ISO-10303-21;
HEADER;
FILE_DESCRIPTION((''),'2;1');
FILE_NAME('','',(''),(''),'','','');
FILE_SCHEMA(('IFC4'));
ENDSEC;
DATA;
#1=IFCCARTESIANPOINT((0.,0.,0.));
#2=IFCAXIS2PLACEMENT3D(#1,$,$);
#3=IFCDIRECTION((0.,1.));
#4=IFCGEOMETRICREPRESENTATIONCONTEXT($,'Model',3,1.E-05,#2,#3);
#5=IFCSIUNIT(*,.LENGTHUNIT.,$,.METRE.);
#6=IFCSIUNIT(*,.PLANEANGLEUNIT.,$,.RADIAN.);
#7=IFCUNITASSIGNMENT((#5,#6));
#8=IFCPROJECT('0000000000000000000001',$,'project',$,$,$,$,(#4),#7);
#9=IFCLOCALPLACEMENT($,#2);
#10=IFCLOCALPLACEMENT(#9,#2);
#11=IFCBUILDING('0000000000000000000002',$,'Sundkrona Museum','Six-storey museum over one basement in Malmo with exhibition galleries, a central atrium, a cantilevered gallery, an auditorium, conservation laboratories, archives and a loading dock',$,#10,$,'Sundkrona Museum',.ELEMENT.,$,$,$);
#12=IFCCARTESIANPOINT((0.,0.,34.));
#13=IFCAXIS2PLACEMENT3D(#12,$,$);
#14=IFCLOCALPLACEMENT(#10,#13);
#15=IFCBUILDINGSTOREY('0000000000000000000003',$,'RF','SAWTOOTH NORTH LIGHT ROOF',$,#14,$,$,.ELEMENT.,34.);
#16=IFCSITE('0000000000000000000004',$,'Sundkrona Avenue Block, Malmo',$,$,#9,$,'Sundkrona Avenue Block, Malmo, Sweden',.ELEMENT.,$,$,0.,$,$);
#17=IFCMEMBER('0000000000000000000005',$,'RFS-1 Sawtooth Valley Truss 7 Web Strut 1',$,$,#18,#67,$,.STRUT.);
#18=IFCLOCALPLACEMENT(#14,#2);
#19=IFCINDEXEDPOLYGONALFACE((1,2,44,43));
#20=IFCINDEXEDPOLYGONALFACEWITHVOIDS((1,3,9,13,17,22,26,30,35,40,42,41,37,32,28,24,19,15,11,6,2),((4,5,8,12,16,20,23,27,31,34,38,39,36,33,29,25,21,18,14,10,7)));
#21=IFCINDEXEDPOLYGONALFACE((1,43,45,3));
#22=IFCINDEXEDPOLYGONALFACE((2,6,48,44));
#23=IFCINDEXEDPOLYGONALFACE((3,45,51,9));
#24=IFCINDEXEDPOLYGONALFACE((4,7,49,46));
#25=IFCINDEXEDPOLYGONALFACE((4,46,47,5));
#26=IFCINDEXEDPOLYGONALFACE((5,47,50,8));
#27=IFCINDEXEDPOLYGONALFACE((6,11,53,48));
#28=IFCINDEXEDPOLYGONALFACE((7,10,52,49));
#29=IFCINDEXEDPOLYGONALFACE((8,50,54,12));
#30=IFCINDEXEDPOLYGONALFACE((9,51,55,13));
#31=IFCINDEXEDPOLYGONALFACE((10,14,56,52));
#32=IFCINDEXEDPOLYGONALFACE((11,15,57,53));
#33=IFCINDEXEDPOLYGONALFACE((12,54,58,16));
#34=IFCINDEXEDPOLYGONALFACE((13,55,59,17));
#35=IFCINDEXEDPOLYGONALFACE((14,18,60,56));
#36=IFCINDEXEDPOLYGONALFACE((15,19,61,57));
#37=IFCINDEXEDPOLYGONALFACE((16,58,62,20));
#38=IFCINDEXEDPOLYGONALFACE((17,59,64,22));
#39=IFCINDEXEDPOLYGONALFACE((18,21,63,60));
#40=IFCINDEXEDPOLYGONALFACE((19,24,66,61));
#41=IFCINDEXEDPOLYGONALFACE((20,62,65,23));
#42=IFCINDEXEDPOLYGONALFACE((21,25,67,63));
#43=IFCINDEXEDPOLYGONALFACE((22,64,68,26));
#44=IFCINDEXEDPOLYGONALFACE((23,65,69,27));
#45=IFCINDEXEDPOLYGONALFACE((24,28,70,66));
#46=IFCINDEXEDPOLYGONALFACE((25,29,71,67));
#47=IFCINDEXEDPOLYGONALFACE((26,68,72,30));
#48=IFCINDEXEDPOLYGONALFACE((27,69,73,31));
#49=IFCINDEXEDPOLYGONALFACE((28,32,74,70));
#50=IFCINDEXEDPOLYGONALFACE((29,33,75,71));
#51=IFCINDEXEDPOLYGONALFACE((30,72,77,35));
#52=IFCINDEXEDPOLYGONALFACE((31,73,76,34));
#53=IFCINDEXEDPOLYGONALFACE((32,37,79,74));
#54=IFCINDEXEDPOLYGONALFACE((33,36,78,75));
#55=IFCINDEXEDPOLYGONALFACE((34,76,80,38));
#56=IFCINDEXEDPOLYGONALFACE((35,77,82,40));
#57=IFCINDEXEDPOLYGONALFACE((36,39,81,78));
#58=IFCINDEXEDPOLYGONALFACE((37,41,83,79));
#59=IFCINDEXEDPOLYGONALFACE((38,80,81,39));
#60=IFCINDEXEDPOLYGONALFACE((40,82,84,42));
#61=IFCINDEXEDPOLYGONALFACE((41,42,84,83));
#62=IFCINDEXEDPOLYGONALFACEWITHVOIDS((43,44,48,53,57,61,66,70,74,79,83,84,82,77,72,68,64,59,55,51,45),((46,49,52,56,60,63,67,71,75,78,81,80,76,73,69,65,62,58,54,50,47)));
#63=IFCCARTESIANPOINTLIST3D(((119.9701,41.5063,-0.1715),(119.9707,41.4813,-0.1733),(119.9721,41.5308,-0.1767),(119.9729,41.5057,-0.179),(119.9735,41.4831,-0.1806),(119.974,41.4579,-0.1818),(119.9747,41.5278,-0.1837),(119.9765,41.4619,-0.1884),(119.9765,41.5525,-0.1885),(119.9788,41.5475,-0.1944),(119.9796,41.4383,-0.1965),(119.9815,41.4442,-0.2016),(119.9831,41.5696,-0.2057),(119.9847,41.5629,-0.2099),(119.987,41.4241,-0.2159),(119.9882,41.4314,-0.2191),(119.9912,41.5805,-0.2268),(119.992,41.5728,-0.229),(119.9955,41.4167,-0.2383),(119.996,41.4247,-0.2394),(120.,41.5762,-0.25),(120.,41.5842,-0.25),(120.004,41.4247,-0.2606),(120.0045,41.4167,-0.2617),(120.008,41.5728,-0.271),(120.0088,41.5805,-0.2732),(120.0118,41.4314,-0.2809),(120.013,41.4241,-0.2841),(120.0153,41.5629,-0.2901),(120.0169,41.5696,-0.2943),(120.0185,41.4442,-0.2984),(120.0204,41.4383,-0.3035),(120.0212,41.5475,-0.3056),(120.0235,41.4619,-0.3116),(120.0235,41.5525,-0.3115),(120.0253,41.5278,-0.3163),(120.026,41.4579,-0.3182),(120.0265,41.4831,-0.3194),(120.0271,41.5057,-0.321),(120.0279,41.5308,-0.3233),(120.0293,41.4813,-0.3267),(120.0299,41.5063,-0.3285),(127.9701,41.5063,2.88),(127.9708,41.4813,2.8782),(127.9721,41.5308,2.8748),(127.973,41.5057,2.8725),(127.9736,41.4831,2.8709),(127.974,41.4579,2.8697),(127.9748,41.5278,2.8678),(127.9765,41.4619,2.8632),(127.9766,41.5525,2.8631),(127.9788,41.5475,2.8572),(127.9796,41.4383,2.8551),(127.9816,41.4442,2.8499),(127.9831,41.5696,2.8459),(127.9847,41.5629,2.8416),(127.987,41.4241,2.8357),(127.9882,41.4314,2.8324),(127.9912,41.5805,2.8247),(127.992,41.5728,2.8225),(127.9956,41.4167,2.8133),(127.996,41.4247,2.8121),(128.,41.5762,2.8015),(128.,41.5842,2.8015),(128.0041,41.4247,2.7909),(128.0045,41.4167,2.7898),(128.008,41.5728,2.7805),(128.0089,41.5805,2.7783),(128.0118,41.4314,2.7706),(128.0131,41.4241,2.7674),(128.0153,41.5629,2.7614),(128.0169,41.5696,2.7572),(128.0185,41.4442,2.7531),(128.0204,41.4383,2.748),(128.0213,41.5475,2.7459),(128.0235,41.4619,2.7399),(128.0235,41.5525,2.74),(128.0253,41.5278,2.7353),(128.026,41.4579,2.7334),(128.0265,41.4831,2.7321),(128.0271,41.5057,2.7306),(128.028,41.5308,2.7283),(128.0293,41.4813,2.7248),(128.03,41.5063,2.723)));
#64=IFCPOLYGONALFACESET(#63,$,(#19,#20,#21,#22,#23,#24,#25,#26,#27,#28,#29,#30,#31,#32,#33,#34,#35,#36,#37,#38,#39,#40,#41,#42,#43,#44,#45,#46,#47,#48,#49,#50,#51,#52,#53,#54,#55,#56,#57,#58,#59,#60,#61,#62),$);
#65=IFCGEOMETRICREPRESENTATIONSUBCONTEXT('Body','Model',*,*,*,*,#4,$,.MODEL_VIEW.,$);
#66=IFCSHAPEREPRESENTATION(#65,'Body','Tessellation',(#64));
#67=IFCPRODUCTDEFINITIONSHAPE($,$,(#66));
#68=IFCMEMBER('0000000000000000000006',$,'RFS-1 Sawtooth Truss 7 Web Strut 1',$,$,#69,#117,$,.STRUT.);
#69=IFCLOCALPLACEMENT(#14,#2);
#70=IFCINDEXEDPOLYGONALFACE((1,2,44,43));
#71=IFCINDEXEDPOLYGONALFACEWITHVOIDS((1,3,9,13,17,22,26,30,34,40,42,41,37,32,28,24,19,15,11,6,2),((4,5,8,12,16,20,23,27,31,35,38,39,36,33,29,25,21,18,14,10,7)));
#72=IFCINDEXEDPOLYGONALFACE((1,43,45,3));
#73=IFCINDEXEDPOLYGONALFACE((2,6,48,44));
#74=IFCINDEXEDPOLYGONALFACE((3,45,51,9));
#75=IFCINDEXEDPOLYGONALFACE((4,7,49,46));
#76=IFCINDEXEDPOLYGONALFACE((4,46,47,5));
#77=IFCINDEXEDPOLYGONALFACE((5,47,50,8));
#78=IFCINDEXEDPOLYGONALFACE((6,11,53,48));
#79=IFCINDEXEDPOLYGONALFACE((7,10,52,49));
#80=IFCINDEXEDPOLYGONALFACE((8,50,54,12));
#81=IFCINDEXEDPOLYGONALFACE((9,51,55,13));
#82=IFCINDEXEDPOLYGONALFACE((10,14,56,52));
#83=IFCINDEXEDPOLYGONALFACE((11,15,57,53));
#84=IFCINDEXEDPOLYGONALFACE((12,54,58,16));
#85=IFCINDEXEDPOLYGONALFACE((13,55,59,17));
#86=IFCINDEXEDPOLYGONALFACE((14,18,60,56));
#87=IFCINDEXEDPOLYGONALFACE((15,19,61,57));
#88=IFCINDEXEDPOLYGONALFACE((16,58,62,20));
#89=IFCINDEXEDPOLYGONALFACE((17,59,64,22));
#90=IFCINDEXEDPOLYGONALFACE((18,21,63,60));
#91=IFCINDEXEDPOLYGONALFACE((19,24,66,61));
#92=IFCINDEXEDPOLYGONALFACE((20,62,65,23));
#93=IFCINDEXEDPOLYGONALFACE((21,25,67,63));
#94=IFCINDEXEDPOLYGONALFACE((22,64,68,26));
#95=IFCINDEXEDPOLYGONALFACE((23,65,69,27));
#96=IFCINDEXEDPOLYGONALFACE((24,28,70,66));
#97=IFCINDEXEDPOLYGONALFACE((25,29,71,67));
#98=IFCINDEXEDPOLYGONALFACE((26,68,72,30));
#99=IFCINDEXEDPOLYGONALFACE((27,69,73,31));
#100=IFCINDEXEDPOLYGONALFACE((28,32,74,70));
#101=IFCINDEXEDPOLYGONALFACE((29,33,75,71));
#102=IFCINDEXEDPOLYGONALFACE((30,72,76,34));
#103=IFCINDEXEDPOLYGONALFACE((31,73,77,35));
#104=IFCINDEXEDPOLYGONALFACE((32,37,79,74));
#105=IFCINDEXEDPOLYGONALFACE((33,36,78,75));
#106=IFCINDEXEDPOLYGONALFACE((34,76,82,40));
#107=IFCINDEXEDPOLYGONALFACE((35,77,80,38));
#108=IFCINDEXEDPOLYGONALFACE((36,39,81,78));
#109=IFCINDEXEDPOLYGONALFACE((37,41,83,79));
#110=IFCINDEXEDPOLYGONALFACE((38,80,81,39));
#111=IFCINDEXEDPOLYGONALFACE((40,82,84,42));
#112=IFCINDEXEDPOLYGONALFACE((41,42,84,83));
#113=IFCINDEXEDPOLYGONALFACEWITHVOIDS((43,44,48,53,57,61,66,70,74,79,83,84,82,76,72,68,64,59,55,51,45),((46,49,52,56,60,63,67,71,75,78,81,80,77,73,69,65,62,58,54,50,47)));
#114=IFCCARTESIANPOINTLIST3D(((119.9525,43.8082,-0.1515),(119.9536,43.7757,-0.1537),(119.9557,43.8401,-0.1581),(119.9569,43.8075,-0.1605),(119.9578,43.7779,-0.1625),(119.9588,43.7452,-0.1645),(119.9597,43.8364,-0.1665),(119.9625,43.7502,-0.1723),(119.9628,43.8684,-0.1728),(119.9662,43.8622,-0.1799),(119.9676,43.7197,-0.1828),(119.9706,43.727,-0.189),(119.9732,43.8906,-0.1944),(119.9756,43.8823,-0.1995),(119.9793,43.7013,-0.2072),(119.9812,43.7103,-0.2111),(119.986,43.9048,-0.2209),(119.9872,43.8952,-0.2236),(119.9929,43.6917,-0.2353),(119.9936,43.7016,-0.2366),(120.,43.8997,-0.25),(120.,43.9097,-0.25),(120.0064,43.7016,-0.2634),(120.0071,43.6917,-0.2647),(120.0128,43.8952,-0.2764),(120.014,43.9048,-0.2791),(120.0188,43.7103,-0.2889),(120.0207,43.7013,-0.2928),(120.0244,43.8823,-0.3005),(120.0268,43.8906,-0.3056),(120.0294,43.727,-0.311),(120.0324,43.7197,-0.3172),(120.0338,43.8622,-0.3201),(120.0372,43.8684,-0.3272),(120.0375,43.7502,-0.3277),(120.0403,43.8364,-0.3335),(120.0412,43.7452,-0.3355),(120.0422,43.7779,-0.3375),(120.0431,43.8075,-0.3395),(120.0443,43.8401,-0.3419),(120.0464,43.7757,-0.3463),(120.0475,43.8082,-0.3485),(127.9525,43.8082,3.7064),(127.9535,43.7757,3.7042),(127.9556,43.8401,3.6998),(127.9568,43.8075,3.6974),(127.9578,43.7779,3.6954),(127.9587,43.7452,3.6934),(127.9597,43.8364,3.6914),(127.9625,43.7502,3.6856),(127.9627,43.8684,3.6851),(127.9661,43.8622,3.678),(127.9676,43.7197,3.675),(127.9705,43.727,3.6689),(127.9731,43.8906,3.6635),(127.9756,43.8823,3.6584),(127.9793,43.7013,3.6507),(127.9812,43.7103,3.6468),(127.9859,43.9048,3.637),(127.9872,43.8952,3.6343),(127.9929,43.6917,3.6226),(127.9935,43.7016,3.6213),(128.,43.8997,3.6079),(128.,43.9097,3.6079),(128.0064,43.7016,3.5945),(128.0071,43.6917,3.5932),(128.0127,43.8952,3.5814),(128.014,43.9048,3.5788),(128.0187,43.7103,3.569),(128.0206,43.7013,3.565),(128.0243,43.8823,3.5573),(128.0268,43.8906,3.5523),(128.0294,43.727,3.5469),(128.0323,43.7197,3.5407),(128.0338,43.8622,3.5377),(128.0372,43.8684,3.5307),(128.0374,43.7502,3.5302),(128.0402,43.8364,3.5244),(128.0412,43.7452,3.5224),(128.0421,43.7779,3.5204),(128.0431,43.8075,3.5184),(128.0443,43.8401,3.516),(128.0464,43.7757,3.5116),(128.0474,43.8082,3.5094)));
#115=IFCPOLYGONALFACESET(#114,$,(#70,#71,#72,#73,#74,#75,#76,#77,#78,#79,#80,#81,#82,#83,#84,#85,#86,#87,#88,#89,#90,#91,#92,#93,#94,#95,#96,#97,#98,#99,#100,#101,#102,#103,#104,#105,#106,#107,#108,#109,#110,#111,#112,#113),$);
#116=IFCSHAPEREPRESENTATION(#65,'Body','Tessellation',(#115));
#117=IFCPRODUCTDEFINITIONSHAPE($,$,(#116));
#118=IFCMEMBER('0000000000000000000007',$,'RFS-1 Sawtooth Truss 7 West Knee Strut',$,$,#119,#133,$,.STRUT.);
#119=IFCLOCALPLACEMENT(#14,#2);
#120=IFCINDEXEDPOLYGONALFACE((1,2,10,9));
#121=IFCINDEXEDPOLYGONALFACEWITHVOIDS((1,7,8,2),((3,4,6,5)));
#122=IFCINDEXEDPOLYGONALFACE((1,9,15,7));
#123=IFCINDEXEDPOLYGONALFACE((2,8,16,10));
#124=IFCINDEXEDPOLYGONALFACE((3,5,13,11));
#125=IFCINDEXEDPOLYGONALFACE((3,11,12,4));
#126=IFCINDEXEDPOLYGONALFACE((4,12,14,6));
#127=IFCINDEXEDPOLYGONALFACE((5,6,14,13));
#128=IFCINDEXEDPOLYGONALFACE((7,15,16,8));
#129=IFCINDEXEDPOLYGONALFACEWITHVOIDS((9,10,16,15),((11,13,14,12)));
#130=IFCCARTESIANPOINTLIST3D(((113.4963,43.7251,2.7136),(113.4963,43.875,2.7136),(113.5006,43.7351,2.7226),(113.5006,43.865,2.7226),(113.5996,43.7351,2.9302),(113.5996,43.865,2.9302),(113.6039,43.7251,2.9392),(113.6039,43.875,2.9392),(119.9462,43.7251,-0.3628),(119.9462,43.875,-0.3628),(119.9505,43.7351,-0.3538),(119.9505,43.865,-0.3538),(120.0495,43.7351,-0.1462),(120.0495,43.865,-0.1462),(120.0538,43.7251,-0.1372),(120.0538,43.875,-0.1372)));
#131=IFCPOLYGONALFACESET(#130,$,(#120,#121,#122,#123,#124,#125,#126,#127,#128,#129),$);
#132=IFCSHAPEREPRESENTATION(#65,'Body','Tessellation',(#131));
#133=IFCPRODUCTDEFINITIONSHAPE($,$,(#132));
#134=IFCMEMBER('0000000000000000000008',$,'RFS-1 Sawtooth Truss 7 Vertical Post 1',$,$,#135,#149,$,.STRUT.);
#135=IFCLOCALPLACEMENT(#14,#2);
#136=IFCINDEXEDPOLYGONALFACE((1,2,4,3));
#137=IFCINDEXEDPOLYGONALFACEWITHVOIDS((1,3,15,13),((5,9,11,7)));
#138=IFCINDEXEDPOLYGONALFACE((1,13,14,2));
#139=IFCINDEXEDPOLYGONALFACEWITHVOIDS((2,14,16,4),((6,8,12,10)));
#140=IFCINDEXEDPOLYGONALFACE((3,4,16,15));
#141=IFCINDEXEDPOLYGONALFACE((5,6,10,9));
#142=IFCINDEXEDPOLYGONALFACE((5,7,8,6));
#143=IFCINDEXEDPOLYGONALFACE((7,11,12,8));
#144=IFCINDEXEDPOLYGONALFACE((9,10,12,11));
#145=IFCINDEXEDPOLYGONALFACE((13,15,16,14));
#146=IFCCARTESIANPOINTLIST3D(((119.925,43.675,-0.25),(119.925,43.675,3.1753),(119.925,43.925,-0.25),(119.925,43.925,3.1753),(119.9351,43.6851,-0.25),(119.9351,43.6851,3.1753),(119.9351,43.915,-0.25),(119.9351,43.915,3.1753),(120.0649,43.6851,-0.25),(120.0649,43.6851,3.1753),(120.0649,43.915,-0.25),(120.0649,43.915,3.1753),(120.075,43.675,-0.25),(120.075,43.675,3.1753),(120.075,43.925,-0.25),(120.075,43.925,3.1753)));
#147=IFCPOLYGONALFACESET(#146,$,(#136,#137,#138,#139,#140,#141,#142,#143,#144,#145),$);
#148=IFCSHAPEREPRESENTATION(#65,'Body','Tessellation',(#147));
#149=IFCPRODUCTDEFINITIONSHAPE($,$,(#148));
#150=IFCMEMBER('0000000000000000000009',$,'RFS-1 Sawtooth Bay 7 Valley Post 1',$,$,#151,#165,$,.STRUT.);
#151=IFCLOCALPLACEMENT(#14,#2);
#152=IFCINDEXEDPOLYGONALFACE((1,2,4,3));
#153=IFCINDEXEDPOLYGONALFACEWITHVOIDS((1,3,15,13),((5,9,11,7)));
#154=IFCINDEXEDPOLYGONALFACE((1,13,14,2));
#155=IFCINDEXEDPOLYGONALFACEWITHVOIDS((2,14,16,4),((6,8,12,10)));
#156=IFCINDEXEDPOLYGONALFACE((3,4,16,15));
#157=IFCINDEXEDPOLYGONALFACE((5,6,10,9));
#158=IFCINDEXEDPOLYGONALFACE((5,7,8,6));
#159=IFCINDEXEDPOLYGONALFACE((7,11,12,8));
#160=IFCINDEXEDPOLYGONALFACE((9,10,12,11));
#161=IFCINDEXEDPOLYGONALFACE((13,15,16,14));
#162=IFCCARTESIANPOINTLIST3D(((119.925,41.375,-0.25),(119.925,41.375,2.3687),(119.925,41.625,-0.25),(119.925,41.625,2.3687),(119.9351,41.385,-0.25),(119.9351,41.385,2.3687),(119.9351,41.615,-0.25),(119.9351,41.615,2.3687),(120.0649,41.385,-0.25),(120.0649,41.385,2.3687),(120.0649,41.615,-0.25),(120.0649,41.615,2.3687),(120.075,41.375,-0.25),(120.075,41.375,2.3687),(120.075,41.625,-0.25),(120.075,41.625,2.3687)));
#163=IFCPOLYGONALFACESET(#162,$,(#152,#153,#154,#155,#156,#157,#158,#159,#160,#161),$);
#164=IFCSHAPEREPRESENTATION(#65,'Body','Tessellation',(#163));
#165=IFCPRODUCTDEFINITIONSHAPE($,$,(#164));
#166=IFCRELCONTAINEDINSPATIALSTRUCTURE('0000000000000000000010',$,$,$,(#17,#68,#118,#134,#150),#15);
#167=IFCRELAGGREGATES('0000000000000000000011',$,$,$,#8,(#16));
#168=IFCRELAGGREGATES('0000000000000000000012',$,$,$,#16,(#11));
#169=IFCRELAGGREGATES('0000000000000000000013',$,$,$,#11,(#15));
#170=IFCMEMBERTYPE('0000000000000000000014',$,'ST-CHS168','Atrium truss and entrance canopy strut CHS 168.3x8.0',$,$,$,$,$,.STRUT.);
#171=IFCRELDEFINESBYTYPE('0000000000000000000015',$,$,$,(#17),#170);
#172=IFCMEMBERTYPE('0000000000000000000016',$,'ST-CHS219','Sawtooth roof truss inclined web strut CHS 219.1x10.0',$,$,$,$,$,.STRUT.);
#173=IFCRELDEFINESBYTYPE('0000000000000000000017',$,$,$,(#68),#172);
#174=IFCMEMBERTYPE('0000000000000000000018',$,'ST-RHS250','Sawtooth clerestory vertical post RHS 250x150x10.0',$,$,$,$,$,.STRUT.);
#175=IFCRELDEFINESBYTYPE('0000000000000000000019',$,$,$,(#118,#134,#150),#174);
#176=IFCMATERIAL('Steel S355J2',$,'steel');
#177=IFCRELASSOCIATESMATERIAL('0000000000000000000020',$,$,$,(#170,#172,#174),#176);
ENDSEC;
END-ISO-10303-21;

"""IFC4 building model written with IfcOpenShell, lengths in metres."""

from ifc_helpers import new_model, si_unit, direction, frame, origin, origin_2d, place, context, subcontext, project, spatial, hollow_rectangle, hollow_circle, extrude, material, material_profile, profile_set, type_object, element, save


model = new_model("IFC4")

# Units and contexts
model_context = context("Model", 3, precision=1e-05, world=origin(), true_north=direction((0.0, 1.0)))
body_context = subcontext(model_context, "Body", "Model", "MODEL_VIEW")
ifc_project = project(units=[si_unit("LENGTHUNIT", "METRE"), si_unit("PLANEANGLEUNIT", "RADIAN")], contexts=[model_context])

# Site, building, storey
site_placement = place(None, origin())
site = spatial("IfcSite", under=ifc_project, at=site_placement, Name="Sundkrona Avenue Block, Malmo", LongName="Sundkrona Avenue Block, Malmo, Sweden", CompositionType="ELEMENT", RefElevation=0.0)
building_placement = place(site_placement, origin())
building = spatial("IfcBuilding", under=site, at=building_placement, Name="Sundkrona Museum", Description="Six-storey museum over one basement in Malmo with exhibition galleries, a central atrium, a cantilevered gallery, an auditorium, conservation laboratories, archives and a loading dock", LongName="Sundkrona Museum", CompositionType="ELEMENT")
storey_placement = place(building_placement, frame((0.0, 0.0, 34.0)))
storey = spatial("IfcBuildingStorey", under=building, at=storey_placement, Name="RF", Description="SAWTOOTH NORTH LIGHT ROOF", CompositionType="ELEMENT", Elevation=34.0)

# Members
ifc_material_1 = material(Name="Steel S355J2", Category="steel")
ifc_material_profile_1 = material_profile(ifc_material_1, hollow_circle(Radius=0.0842, WallThickness=0.0081, at=origin_2d()), Name="CHS 168.3x8.0")
ifc_profile_set_1 = profile_set([ifc_material_profile_1], Name="Steel S355J2")
member_type_1 = type_object("IfcMemberType", Name="ST-CHS168", Description="Atrium truss and entrance canopy strut CHS 168.3x8.0", PredefinedType="STRUT", material=ifc_profile_set_1)
member_1_placement = place(storey_placement, frame((120.0, 41.5, -0.25), z_axis=(0.934336, 0.0, 0.356393), x_axis=(0.0, 1.0, 0.0)))
element("IfcMember", 1, at=member_1_placement, inside=storey, type_object=member_type_1, Name="RFS-1 Sawtooth Valley Truss 7 Web Strut 1", PredefinedType="STRUT", context=body_context, shape_type="SweptSolid", body=[
    extrude(hollow_circle(Radius=0.0842, WallThickness=0.0081, at=origin_2d()), origin(), (0.0, 0.0, 1.0), 8.5623),
])
ifc_material_profile_2 = material_profile(ifc_material_1, hollow_circle(Radius=0.1096, WallThickness=0.01, at=origin_2d()), Name="CHS 219.1x10.0")
ifc_profile_set_2 = profile_set([ifc_material_profile_2], Name="Steel S355J2")
member_type_2 = type_object("IfcMemberType", Name="ST-CHS219", Description="Sawtooth roof truss inclined web strut CHS 219.1x10.0", PredefinedType="STRUT", material=ifc_profile_set_2)
member_2_placement = place(storey_placement, frame((120.0, 43.8, -0.25), z_axis=(0.900735, 0.0, 0.434369), x_axis=(0.0, 1.0, 0.0)))
element("IfcMember", 2, at=member_2_placement, inside=storey, type_object=member_type_2, Name="RFS-1 Sawtooth Truss 7 Web Strut 1", PredefinedType="STRUT", context=body_context, shape_type="SweptSolid", body=[
    extrude(hollow_circle(Radius=0.1096, WallThickness=0.01, at=origin_2d()), origin(), (0.0, 0.0, 1.0), 8.8816),
])
ifc_material_profile_3 = material_profile(ifc_material_1, hollow_rectangle(XDim=0.1499, YDim=0.25, WallThickness=0.01, at=origin_2d()), Name="RHS 250x150x10.0")
ifc_profile_set_3 = profile_set([ifc_material_profile_3], Name="Steel S355J2")
member_type_3 = type_object("IfcMemberType", Name="ST-RHS250", Description="Sawtooth clerestory vertical post RHS 250x150x10.0", PredefinedType="STRUT", material=ifc_profile_set_3)
member_3_placement = place(storey_placement, frame((120.0, 43.8, -0.25), z_axis=(-0.902588, 0.0, 0.430505), x_axis=(0.0, -1.0, 0.0)))
element("IfcMember", 3, at=member_3_placement, inside=storey, type_object=member_type_3, Name="RFS-1 Sawtooth Truss 7 West Knee Strut", PredefinedType="STRUT", context=body_context, shape_type="SweptSolid", body=[
    extrude(hollow_rectangle(XDim=0.1499, YDim=0.25, WallThickness=0.01, at=origin_2d()), origin(), (0.0, 0.0, 1.0), 7.146),
])
member_4_placement = place(storey_placement, frame((120.0, 43.8, -0.25), z_axis=(0.0, 0.0, 1.0), x_axis=(1.0, 0.0, 0.0)))
element("IfcMember", 4, at=member_4_placement, inside=storey, type_object=member_type_3, Name="RFS-1 Sawtooth Truss 7 Vertical Post 1", PredefinedType="STRUT", context=body_context, shape_type="SweptSolid", body=[
    extrude(hollow_rectangle(XDim=0.1499, YDim=0.25, WallThickness=0.01, at=origin_2d()), origin(), (0.0, 0.0, 1.0), 3.4253),
])
member_5_placement = place(storey_placement, frame((120.0, 41.5, -0.25), z_axis=(0.0, 0.0, 1.0), x_axis=(1.0, 0.0, 0.0)))
element("IfcMember", 5, at=member_5_placement, inside=storey, type_object=member_type_3, Name="RFS-1 Sawtooth Bay 7 Valley Post 1", PredefinedType="STRUT", context=body_context, shape_type="SweptSolid", body=[
    extrude(hollow_rectangle(XDim=0.1499, YDim=0.25, WallThickness=0.01, at=origin_2d()), origin(), (0.0, 0.0, 1.0), 2.6187),
])

save(model, "model.ifc")
